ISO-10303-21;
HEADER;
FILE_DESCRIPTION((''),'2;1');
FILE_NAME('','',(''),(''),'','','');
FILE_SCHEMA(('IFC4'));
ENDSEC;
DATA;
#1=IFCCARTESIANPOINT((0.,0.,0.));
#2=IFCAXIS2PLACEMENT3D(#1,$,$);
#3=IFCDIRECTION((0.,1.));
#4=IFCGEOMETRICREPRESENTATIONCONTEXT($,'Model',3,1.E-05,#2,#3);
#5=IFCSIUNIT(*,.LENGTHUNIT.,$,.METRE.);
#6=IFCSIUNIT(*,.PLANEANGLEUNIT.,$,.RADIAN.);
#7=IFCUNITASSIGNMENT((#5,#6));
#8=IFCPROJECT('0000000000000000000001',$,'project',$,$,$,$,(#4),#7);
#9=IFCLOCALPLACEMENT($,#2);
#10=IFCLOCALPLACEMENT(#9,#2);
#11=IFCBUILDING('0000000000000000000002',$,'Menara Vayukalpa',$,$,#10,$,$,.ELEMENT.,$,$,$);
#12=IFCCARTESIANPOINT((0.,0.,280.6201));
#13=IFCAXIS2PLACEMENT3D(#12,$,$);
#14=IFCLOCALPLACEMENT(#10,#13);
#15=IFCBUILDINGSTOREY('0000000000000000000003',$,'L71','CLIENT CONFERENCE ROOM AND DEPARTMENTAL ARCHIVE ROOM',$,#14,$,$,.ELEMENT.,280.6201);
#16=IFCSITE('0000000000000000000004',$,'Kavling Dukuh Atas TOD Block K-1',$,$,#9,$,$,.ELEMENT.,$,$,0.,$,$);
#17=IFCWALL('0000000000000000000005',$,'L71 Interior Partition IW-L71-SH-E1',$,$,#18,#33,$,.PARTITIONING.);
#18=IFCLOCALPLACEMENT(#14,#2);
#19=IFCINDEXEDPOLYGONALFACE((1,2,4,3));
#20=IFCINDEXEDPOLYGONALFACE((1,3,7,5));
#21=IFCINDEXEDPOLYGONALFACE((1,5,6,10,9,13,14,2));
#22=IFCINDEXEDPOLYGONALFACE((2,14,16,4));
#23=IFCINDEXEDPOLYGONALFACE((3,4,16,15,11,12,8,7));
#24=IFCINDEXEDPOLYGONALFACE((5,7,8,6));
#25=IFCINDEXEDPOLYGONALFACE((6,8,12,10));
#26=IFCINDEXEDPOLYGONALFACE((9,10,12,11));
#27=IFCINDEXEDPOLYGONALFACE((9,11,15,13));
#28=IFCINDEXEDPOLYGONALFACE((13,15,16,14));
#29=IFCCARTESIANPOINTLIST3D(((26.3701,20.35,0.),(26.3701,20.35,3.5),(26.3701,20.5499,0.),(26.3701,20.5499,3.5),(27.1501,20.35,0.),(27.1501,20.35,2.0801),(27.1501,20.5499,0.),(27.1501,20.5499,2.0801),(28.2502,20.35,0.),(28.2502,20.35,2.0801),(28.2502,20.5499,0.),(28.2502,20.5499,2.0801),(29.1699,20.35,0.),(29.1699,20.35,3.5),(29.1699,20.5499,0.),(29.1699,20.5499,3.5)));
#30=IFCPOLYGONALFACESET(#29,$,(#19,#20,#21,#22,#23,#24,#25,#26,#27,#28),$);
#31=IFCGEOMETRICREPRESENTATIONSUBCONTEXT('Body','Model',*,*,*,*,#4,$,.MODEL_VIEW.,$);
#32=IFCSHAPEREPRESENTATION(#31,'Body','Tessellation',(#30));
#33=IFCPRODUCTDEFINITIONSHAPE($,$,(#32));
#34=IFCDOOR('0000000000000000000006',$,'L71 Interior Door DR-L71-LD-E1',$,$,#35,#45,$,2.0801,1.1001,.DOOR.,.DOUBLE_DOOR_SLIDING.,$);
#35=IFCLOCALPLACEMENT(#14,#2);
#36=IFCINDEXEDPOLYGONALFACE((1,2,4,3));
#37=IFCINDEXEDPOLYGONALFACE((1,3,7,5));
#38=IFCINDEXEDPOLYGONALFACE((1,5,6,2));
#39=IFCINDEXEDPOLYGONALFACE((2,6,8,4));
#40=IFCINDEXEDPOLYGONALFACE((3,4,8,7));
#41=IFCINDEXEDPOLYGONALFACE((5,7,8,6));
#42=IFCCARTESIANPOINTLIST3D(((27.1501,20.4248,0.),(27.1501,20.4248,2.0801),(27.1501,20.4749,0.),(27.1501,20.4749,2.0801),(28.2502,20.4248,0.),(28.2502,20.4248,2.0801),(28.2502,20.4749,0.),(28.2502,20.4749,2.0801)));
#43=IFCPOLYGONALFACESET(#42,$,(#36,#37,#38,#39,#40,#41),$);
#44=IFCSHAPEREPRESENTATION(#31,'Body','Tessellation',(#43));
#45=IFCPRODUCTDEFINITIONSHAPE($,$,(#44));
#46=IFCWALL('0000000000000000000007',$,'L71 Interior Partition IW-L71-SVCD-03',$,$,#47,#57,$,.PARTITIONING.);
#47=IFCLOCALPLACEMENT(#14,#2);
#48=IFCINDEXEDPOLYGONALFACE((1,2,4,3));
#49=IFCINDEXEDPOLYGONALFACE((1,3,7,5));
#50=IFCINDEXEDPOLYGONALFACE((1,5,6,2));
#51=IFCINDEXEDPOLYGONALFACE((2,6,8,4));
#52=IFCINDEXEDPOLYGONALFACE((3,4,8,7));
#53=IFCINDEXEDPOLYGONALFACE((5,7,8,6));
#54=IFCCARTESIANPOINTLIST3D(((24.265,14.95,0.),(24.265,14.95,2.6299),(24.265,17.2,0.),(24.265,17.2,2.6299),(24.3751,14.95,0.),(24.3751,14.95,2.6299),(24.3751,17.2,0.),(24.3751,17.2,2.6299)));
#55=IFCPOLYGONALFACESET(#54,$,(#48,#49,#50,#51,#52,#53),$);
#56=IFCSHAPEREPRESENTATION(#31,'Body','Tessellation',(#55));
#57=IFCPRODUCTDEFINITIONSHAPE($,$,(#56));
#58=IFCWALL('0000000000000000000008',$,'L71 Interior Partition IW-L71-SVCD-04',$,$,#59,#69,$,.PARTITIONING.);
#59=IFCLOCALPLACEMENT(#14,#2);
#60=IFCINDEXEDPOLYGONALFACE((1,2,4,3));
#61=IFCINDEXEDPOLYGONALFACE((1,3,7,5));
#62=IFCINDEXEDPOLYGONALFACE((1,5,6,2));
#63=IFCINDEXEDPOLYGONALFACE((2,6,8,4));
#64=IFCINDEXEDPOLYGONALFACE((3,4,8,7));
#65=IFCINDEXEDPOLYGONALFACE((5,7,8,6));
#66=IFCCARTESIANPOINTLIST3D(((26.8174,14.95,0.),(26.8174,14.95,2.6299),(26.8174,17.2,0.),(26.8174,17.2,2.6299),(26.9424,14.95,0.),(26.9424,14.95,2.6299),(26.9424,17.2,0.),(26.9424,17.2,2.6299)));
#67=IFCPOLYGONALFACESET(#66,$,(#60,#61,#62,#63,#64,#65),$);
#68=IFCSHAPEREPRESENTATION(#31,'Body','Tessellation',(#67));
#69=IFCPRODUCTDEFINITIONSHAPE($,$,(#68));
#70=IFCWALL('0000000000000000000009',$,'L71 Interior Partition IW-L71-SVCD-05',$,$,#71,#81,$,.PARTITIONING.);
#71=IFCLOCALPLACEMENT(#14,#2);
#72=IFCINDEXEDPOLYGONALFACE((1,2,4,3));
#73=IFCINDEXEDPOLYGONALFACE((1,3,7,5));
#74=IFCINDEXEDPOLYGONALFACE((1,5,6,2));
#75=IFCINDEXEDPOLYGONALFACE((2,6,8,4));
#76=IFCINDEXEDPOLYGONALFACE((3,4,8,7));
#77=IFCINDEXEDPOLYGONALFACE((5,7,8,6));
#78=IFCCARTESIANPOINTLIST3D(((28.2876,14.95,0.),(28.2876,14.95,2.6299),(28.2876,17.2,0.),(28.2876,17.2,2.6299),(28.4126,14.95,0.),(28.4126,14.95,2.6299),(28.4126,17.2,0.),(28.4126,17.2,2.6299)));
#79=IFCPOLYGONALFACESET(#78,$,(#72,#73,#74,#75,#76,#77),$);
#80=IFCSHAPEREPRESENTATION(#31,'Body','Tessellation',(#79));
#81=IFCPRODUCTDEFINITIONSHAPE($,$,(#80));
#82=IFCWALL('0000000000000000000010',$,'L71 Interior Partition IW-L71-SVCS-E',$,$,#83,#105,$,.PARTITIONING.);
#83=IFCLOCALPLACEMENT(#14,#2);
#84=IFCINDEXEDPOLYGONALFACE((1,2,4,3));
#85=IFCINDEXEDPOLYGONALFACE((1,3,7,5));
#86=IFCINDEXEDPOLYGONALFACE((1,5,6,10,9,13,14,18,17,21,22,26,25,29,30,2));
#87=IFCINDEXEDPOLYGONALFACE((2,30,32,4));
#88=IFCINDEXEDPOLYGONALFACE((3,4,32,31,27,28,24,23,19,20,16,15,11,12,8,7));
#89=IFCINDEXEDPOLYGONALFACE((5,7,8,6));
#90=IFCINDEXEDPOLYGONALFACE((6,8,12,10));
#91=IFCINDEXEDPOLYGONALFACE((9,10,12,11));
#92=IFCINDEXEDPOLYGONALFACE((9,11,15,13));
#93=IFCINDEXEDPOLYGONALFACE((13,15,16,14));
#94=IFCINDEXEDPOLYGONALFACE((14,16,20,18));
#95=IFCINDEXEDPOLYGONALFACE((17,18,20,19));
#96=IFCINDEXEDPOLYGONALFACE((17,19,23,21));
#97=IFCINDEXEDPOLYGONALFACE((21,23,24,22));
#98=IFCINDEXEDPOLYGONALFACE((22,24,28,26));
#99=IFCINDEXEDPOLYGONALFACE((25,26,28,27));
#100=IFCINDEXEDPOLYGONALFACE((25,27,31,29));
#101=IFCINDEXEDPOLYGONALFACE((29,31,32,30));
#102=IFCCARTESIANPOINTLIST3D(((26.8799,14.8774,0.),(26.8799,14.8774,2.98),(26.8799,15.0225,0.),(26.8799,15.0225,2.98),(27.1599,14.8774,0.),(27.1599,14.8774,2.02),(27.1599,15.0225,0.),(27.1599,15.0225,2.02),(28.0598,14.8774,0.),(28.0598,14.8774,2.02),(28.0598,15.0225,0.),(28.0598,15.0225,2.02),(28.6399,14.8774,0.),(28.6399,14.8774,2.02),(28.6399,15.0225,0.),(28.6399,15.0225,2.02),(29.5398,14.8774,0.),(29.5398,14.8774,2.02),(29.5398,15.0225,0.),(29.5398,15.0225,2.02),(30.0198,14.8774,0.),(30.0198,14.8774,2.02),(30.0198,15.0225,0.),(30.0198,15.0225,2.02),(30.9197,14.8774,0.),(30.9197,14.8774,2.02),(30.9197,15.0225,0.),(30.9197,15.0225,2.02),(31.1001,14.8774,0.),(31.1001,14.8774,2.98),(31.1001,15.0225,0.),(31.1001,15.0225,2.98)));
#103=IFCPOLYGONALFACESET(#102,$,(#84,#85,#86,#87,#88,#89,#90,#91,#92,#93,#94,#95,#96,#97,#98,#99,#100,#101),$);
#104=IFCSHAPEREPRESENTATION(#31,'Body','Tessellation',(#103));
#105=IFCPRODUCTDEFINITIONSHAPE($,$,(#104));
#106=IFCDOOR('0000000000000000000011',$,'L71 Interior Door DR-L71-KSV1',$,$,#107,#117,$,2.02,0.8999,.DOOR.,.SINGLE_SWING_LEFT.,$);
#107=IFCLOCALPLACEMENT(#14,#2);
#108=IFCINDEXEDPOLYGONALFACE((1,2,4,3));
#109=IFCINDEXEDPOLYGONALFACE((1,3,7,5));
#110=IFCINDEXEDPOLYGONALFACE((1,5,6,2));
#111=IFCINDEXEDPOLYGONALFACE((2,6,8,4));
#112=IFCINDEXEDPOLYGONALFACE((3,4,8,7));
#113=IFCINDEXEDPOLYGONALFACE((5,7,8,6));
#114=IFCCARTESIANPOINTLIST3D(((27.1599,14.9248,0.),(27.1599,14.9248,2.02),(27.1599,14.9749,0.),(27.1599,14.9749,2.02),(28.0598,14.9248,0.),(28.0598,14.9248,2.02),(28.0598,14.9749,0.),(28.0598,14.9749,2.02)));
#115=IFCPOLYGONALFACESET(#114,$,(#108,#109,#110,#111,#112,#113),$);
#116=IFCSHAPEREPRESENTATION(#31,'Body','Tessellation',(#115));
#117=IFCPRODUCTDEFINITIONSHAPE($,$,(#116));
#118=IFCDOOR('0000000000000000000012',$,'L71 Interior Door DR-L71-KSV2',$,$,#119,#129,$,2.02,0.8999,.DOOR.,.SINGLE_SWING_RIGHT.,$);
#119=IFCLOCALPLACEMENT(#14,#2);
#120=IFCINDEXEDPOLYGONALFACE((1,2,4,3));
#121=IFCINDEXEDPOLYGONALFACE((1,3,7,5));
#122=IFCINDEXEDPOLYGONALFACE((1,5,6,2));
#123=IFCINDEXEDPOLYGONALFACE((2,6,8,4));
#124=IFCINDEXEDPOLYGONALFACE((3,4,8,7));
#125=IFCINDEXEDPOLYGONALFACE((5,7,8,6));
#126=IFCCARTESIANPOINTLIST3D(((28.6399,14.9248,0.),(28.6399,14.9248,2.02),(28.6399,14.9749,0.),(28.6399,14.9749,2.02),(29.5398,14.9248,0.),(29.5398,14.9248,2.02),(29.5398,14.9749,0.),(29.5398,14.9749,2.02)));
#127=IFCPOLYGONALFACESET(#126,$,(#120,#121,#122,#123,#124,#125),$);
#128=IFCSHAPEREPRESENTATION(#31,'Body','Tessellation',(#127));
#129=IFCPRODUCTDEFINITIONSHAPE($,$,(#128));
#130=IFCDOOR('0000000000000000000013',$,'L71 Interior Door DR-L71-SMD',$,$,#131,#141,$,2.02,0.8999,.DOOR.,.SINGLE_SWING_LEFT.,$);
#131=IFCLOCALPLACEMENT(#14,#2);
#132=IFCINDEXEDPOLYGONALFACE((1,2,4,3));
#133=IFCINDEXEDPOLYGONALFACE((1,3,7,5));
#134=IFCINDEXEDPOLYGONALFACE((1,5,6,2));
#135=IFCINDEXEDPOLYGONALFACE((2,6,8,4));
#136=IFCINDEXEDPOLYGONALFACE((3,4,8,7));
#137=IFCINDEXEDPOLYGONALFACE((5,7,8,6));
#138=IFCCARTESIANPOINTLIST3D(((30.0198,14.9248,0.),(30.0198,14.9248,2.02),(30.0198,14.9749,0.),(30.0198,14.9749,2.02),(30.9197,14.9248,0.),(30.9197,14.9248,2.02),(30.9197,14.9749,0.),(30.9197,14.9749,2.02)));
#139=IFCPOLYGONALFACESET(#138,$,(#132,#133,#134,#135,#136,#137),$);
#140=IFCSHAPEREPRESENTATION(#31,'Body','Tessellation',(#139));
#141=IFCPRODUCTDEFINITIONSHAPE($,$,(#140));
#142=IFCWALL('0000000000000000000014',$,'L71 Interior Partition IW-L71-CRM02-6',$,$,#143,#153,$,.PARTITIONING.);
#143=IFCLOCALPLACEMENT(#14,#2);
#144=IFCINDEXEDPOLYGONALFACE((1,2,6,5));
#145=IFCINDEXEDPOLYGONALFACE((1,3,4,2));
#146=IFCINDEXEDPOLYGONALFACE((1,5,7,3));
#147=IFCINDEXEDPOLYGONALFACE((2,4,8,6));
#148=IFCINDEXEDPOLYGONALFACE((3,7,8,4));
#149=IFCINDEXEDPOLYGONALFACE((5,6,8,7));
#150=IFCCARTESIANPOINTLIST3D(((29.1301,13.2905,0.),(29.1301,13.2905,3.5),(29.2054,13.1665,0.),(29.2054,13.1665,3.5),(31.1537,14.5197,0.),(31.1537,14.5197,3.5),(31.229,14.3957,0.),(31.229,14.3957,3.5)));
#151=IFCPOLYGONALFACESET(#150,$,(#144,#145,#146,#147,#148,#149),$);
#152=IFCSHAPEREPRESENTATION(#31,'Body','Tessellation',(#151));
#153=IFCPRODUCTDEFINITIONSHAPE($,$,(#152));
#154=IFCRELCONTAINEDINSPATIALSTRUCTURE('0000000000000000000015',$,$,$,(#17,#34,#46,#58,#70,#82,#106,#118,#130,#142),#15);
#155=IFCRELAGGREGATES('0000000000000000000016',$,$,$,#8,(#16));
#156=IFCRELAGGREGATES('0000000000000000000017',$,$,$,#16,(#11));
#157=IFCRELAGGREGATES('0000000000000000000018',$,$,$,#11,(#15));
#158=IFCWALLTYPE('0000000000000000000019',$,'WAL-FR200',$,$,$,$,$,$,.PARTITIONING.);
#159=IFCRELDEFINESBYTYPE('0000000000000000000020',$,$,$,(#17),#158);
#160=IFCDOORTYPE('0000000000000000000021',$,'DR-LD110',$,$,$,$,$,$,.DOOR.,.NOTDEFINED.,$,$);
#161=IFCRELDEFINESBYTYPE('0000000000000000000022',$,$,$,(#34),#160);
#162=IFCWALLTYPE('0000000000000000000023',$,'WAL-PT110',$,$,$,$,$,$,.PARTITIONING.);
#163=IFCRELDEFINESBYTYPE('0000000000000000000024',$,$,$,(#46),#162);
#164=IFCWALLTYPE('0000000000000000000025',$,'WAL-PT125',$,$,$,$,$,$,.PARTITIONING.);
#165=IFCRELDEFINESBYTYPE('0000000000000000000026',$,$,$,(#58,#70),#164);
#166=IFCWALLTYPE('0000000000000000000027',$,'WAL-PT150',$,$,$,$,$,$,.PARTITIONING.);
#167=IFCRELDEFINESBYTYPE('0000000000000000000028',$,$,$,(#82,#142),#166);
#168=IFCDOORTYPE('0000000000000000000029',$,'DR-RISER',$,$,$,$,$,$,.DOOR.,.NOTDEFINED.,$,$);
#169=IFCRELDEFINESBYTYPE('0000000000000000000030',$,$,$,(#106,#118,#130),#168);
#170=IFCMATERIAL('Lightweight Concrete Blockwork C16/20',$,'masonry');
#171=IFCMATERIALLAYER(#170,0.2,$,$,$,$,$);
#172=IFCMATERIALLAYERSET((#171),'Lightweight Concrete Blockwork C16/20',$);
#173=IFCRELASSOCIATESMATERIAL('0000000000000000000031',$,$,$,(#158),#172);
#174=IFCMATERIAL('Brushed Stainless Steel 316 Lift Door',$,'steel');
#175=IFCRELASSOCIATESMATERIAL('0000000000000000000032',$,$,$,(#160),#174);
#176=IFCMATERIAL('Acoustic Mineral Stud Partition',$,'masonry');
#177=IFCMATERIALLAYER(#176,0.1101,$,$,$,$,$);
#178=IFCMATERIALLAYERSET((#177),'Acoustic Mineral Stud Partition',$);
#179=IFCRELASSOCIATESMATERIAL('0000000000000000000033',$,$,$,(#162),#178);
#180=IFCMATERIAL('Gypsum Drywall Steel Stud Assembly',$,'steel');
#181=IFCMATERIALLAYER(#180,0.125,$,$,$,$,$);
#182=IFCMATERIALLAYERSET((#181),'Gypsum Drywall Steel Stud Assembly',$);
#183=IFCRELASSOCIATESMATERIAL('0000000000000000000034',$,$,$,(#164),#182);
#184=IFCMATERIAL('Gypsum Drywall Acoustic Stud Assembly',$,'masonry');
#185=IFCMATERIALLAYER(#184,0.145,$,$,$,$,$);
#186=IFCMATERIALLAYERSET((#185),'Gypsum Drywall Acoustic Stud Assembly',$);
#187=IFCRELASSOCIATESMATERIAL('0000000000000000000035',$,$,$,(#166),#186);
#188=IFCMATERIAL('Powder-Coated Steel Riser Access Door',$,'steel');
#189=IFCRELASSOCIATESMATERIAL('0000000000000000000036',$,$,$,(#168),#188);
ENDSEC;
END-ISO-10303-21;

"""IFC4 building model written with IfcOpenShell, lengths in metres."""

from ifc_helpers import new_model, si_unit, direction, frame, frame_2d, origin, place, context, subcontext, project, spatial, rectangle, extrude, material, layer, layer_set, type_object, element, fill, save


model = new_model("IFC4")

# Units and contexts
model_context = context("Model", 3, precision=1e-05, world=origin(), true_north=direction((0.0, 1.0)))
body_context = subcontext(model_context, "Body", "Model", "MODEL_VIEW")
ifc_project = project(units=[si_unit("LENGTHUNIT", "METRE"), si_unit("PLANEANGLEUNIT", "RADIAN")], contexts=[model_context])

# Site, building, storey
site_placement = place(None, origin())
site = spatial("IfcSite", under=ifc_project, at=site_placement, Name="Kavling Dukuh Atas TOD Block K-1", CompositionType="ELEMENT", RefElevation=0.0)
building_placement = place(site_placement, origin())
building = spatial("IfcBuilding", under=site, at=building_placement, Name="Menara Vayukalpa", CompositionType="ELEMENT")
storey_placement = place(building_placement, frame((0.0, 0.0, 280.6201)))
storey = spatial("IfcBuildingStorey", under=building, at=storey_placement, Name="L71", Description="CLIENT CONFERENCE ROOM AND DEPARTMENTAL ARCHIVE ROOM", CompositionType="ELEMENT", Elevation=280.6201)

# Wall, opening, door
ifc_material_1 = material(Name="Lightweight Concrete Blockwork C16/20", Category="masonry")
ifc_layer_1 = layer(ifc_material_1, 0.2)
ifc_layer_set_1 = layer_set([ifc_layer_1], Name="Lightweight Concrete Blockwork C16/20")
wall_type_1 = type_object("IfcWallType", Name="WAL-FR200", PredefinedType="PARTITIONING", material=ifc_layer_set_1)
wall_1_placement = place(storey_placement, frame((26.3701, 20.45, 0.0), z_axis=(0.0, 0.0, 1.0), x_axis=(1.0, 0.0, 0.0)))
wall_1 = element("IfcWall", 1, at=wall_1_placement, inside=storey, type_object=wall_type_1, Name="L71 Interior Partition IW-L71-SH-E1", PredefinedType="PARTITIONING", context=body_context, shape_type="SweptSolid", body=[
    extrude(rectangle(XDim=2.7998, YDim=0.2, at=frame_2d((1.3999, 0.0))), origin(), (0.0, 0.0, 1.0), 3.5),
])
opening_1_placement = place(wall_1_placement, frame((0.78, 0.0, 0.0)))
opening_1 = element("IfcOpeningElement", 2, at=opening_1_placement, cuts=wall_1, PredefinedType="OPENING", context=body_context, shape_type="SweptSolid", body=[
    extrude(rectangle(XDim=1.1001, YDim=2.0801, at=frame_2d((0.55, 1.04))), frame((0.0, 0.1099, 0.0), z_axis=(0.0, -1.0, 0.0), x_axis=(1.0, 0.0, 0.0)), (0.0, 0.0, 1.0), 0.22),
])
ifc_material_2 = material(Name="Brushed Stainless Steel 316 Lift Door", Category="steel")
door_type_1 = type_object("IfcDoorType", Name="DR-LD110", OperationType="NOTDEFINED", PredefinedType="DOOR", material=ifc_material_2)
door_1_placement = place(opening_1_placement, origin())
door_1 = element("IfcDoor", 3, at=door_1_placement, inside=storey, type_object=door_type_1, Name="L71 Interior Door DR-L71-LD-E1", OperationType="DOUBLE_DOOR_SLIDING", OverallHeight=2.0801, OverallWidth=1.1001, PredefinedType="DOOR", context=body_context, shape_type="SweptSolid", body=[
    extrude(rectangle(XDim=1.1001, YDim=2.0801, at=frame_2d((0.55, 1.04))), frame((0.0, 0.0249, 0.0), z_axis=(0.0, -1.0, 0.0), x_axis=(1.0, 0.0, 0.0)), (0.0, 0.0, 1.0), 0.05),
])
fill(opening_1, door_1)

# Walls
ifc_material_3 = material(Name="Acoustic Mineral Stud Partition", Category="masonry")
ifc_layer_2 = layer(ifc_material_3, 0.1101)
ifc_layer_set_2 = layer_set([ifc_layer_2], Name="Acoustic Mineral Stud Partition")
wall_type_2 = type_object("IfcWallType", Name="WAL-PT110", PredefinedType="PARTITIONING", material=ifc_layer_set_2)
wall_2_placement = place(storey_placement, frame((24.3201, 14.95, 0.0), z_axis=(0.0, 0.0, 1.0), x_axis=(0.0, 1.0, 0.0)))
element("IfcWall", 4, at=wall_2_placement, inside=storey, type_object=wall_type_2, Name="L71 Interior Partition IW-L71-SVCD-03", PredefinedType="PARTITIONING", context=body_context, shape_type="SweptSolid", body=[
    extrude(rectangle(XDim=2.25, YDim=0.1101, at=frame_2d((1.125, 0.0))), origin(), (0.0, 0.0, 1.0), 2.6299),
])
ifc_material_4 = material(Name="Gypsum Drywall Steel Stud Assembly", Category="steel")
ifc_layer_3 = layer(ifc_material_4, 0.125)
ifc_layer_set_3 = layer_set([ifc_layer_3], Name="Gypsum Drywall Steel Stud Assembly")
wall_type_3 = type_object("IfcWallType", Name="WAL-PT125", PredefinedType="PARTITIONING", material=ifc_layer_set_3)
for number, where, z_axis, x_axis, name in (
    (5, (26.8799, 14.95, 0.0), (0.0, 0.0, 1.0), (0.0, 1.0, 0.0), "L71 Interior Partition IW-L71-SVCD-04"),
    (6, (28.3501, 14.95, 0.0), (0.0, 0.0, 1.0), (0.0, 1.0, 0.0), "L71 Interior Partition IW-L71-SVCD-05"),
):
    element("IfcWall", number, at=place(storey_placement, frame(where, z_axis=z_axis, x_axis=x_axis)), inside=storey, type_object=wall_type_3, Name=name, PredefinedType="PARTITIONING", context=body_context, shape_type="SweptSolid", body=[
        extrude(rectangle(XDim=2.25, YDim=0.125, at=frame_2d((1.125, 0.0))), origin(), (0.0, 0.0, 1.0), 2.6299),
    ])

# Wall, openings, doors
ifc_material_5 = material(Name="Gypsum Drywall Acoustic Stud Assembly", Category="masonry")
ifc_layer_4 = layer(ifc_material_5, 0.145)
ifc_layer_set_4 = layer_set([ifc_layer_4], Name="Gypsum Drywall Acoustic Stud Assembly")
wall_type_4 = type_object("IfcWallType", Name="WAL-PT150", PredefinedType="PARTITIONING", material=ifc_layer_set_4)
wall_3_placement = place(storey_placement, frame((26.8799, 14.95, 0.0), z_axis=(0.0, 0.0, 1.0), x_axis=(1.0, 0.0, 0.0)))
wall_3 = element("IfcWall", 7, at=wall_3_placement, inside=storey, type_object=wall_type_4, Name="L71 Interior Partition IW-L71-SVCS-E", PredefinedType="PARTITIONING", context=body_context, shape_type="SweptSolid", body=[
    extrude(rectangle(XDim=4.2202, YDim=0.145, at=frame_2d((2.1101, 0.0))), origin(), (0.0, 0.0, 1.0), 2.98),
])
opening_2_placement = place(wall_3_placement, frame((0.28, 0.0, 0.0)))
opening_2 = element("IfcOpeningElement", 8, at=opening_2_placement, cuts=wall_3, PredefinedType="OPENING", context=body_context, shape_type="SweptSolid", body=[
    extrude(rectangle(XDim=0.8999, YDim=2.02, at=frame_2d((0.45, 1.01))), frame((0.0, 0.0825, 0.0), z_axis=(0.0, -1.0, 0.0), x_axis=(1.0, 0.0, 0.0)), (0.0, 0.0, 1.0), 0.165),
])
opening_3_placement = place(wall_3_placement, frame((1.76, 0.0, 0.0)))
opening_3 = element("IfcOpeningElement", 9, at=opening_3_placement, cuts=wall_3, PredefinedType="OPENING", context=body_context, shape_type="SweptSolid", body=[
    extrude(rectangle(XDim=0.8999, YDim=2.02, at=frame_2d((0.45, 1.01))), frame((0.0, 0.0825, 0.0), z_axis=(0.0, -1.0, 0.0), x_axis=(1.0, 0.0, 0.0)), (0.0, 0.0, 1.0), 0.165),
])
opening_4_placement = place(wall_3_placement, frame((3.1399, 0.0, 0.0)))
opening_4 = element("IfcOpeningElement", 10, at=opening_4_placement, cuts=wall_3, PredefinedType="OPENING", context=body_context, shape_type="SweptSolid", body=[
    extrude(rectangle(XDim=0.8999, YDim=2.02, at=frame_2d((0.45, 1.01))), frame((0.0, 0.0825, 0.0), z_axis=(0.0, -1.0, 0.0), x_axis=(1.0, 0.0, 0.0)), (0.0, 0.0, 1.0), 0.165),
])
ifc_material_6 = material(Name="Powder-Coated Steel Riser Access Door", Category="steel")
door_type_2 = type_object("IfcDoorType", Name="DR-RISER", OperationType="NOTDEFINED", PredefinedType="DOOR", material=ifc_material_6)
door_2_placement = place(opening_2_placement, origin())
door_2 = element("IfcDoor", 11, at=door_2_placement, inside=storey, type_object=door_type_2, Name="L71 Interior Door DR-L71-KSV1", OperationType="SINGLE_SWING_LEFT", OverallHeight=2.02, OverallWidth=0.8999, PredefinedType="DOOR", context=body_context, shape_type="SweptSolid", body=[
    extrude(rectangle(XDim=0.8999, YDim=2.02, at=frame_2d((0.45, 1.01))), frame((0.0, 0.0249, 0.0), z_axis=(0.0, -1.0, 0.0), x_axis=(1.0, 0.0, 0.0)), (0.0, 0.0, 1.0), 0.05),
])
fill(opening_2, door_2)
door_3_placement = place(opening_3_placement, origin())
door_3 = element("IfcDoor", 12, at=door_3_placement, inside=storey, type_object=door_type_2, Name="L71 Interior Door DR-L71-KSV2", OperationType="SINGLE_SWING_RIGHT", OverallHeight=2.02, OverallWidth=0.8999, PredefinedType="DOOR", context=body_context, shape_type="SweptSolid", body=[
    extrude(rectangle(XDim=0.8999, YDim=2.02, at=frame_2d((0.45, 1.01))), frame((0.0, 0.0249, 0.0), z_axis=(0.0, -1.0, 0.0), x_axis=(1.0, 0.0, 0.0)), (0.0, 0.0, 1.0), 0.05),
])
fill(opening_3, door_3)
door_4_placement = place(opening_4_placement, origin())
door_4 = element("IfcDoor", 13, at=door_4_placement, inside=storey, type_object=door_type_2, Name="L71 Interior Door DR-L71-SMD", OperationType="SINGLE_SWING_LEFT", OverallHeight=2.02, OverallWidth=0.8999, PredefinedType="DOOR", context=body_context, shape_type="SweptSolid", body=[
    extrude(rectangle(XDim=0.8999, YDim=2.02, at=frame_2d((0.45, 1.01))), frame((0.0, 0.0249, 0.0), z_axis=(0.0, -1.0, 0.0), x_axis=(1.0, 0.0, 0.0)), (0.0, 0.0, 1.0), 0.05),
])
fill(opening_4, door_4)

# Wall
wall_4_placement = place(storey_placement, frame((29.1677, 13.2285, 0.0), z_axis=(0.0, 0.0, 1.0), x_axis=(0.854678, 0.519158, 0.0)))
element("IfcWall", 14, at=wall_4_placement, inside=storey, type_object=wall_type_4, Name="L71 Interior Partition IW-L71-CRM02-6", PredefinedType="PARTITIONING", context=body_context, shape_type="SweptSolid", body=[
    extrude(rectangle(XDim=2.3677, YDim=0.145, at=frame_2d((1.1838, 0.0))), origin(), (0.0, 0.0, 1.0), 3.5),
])

save(model, "model.ifc")
